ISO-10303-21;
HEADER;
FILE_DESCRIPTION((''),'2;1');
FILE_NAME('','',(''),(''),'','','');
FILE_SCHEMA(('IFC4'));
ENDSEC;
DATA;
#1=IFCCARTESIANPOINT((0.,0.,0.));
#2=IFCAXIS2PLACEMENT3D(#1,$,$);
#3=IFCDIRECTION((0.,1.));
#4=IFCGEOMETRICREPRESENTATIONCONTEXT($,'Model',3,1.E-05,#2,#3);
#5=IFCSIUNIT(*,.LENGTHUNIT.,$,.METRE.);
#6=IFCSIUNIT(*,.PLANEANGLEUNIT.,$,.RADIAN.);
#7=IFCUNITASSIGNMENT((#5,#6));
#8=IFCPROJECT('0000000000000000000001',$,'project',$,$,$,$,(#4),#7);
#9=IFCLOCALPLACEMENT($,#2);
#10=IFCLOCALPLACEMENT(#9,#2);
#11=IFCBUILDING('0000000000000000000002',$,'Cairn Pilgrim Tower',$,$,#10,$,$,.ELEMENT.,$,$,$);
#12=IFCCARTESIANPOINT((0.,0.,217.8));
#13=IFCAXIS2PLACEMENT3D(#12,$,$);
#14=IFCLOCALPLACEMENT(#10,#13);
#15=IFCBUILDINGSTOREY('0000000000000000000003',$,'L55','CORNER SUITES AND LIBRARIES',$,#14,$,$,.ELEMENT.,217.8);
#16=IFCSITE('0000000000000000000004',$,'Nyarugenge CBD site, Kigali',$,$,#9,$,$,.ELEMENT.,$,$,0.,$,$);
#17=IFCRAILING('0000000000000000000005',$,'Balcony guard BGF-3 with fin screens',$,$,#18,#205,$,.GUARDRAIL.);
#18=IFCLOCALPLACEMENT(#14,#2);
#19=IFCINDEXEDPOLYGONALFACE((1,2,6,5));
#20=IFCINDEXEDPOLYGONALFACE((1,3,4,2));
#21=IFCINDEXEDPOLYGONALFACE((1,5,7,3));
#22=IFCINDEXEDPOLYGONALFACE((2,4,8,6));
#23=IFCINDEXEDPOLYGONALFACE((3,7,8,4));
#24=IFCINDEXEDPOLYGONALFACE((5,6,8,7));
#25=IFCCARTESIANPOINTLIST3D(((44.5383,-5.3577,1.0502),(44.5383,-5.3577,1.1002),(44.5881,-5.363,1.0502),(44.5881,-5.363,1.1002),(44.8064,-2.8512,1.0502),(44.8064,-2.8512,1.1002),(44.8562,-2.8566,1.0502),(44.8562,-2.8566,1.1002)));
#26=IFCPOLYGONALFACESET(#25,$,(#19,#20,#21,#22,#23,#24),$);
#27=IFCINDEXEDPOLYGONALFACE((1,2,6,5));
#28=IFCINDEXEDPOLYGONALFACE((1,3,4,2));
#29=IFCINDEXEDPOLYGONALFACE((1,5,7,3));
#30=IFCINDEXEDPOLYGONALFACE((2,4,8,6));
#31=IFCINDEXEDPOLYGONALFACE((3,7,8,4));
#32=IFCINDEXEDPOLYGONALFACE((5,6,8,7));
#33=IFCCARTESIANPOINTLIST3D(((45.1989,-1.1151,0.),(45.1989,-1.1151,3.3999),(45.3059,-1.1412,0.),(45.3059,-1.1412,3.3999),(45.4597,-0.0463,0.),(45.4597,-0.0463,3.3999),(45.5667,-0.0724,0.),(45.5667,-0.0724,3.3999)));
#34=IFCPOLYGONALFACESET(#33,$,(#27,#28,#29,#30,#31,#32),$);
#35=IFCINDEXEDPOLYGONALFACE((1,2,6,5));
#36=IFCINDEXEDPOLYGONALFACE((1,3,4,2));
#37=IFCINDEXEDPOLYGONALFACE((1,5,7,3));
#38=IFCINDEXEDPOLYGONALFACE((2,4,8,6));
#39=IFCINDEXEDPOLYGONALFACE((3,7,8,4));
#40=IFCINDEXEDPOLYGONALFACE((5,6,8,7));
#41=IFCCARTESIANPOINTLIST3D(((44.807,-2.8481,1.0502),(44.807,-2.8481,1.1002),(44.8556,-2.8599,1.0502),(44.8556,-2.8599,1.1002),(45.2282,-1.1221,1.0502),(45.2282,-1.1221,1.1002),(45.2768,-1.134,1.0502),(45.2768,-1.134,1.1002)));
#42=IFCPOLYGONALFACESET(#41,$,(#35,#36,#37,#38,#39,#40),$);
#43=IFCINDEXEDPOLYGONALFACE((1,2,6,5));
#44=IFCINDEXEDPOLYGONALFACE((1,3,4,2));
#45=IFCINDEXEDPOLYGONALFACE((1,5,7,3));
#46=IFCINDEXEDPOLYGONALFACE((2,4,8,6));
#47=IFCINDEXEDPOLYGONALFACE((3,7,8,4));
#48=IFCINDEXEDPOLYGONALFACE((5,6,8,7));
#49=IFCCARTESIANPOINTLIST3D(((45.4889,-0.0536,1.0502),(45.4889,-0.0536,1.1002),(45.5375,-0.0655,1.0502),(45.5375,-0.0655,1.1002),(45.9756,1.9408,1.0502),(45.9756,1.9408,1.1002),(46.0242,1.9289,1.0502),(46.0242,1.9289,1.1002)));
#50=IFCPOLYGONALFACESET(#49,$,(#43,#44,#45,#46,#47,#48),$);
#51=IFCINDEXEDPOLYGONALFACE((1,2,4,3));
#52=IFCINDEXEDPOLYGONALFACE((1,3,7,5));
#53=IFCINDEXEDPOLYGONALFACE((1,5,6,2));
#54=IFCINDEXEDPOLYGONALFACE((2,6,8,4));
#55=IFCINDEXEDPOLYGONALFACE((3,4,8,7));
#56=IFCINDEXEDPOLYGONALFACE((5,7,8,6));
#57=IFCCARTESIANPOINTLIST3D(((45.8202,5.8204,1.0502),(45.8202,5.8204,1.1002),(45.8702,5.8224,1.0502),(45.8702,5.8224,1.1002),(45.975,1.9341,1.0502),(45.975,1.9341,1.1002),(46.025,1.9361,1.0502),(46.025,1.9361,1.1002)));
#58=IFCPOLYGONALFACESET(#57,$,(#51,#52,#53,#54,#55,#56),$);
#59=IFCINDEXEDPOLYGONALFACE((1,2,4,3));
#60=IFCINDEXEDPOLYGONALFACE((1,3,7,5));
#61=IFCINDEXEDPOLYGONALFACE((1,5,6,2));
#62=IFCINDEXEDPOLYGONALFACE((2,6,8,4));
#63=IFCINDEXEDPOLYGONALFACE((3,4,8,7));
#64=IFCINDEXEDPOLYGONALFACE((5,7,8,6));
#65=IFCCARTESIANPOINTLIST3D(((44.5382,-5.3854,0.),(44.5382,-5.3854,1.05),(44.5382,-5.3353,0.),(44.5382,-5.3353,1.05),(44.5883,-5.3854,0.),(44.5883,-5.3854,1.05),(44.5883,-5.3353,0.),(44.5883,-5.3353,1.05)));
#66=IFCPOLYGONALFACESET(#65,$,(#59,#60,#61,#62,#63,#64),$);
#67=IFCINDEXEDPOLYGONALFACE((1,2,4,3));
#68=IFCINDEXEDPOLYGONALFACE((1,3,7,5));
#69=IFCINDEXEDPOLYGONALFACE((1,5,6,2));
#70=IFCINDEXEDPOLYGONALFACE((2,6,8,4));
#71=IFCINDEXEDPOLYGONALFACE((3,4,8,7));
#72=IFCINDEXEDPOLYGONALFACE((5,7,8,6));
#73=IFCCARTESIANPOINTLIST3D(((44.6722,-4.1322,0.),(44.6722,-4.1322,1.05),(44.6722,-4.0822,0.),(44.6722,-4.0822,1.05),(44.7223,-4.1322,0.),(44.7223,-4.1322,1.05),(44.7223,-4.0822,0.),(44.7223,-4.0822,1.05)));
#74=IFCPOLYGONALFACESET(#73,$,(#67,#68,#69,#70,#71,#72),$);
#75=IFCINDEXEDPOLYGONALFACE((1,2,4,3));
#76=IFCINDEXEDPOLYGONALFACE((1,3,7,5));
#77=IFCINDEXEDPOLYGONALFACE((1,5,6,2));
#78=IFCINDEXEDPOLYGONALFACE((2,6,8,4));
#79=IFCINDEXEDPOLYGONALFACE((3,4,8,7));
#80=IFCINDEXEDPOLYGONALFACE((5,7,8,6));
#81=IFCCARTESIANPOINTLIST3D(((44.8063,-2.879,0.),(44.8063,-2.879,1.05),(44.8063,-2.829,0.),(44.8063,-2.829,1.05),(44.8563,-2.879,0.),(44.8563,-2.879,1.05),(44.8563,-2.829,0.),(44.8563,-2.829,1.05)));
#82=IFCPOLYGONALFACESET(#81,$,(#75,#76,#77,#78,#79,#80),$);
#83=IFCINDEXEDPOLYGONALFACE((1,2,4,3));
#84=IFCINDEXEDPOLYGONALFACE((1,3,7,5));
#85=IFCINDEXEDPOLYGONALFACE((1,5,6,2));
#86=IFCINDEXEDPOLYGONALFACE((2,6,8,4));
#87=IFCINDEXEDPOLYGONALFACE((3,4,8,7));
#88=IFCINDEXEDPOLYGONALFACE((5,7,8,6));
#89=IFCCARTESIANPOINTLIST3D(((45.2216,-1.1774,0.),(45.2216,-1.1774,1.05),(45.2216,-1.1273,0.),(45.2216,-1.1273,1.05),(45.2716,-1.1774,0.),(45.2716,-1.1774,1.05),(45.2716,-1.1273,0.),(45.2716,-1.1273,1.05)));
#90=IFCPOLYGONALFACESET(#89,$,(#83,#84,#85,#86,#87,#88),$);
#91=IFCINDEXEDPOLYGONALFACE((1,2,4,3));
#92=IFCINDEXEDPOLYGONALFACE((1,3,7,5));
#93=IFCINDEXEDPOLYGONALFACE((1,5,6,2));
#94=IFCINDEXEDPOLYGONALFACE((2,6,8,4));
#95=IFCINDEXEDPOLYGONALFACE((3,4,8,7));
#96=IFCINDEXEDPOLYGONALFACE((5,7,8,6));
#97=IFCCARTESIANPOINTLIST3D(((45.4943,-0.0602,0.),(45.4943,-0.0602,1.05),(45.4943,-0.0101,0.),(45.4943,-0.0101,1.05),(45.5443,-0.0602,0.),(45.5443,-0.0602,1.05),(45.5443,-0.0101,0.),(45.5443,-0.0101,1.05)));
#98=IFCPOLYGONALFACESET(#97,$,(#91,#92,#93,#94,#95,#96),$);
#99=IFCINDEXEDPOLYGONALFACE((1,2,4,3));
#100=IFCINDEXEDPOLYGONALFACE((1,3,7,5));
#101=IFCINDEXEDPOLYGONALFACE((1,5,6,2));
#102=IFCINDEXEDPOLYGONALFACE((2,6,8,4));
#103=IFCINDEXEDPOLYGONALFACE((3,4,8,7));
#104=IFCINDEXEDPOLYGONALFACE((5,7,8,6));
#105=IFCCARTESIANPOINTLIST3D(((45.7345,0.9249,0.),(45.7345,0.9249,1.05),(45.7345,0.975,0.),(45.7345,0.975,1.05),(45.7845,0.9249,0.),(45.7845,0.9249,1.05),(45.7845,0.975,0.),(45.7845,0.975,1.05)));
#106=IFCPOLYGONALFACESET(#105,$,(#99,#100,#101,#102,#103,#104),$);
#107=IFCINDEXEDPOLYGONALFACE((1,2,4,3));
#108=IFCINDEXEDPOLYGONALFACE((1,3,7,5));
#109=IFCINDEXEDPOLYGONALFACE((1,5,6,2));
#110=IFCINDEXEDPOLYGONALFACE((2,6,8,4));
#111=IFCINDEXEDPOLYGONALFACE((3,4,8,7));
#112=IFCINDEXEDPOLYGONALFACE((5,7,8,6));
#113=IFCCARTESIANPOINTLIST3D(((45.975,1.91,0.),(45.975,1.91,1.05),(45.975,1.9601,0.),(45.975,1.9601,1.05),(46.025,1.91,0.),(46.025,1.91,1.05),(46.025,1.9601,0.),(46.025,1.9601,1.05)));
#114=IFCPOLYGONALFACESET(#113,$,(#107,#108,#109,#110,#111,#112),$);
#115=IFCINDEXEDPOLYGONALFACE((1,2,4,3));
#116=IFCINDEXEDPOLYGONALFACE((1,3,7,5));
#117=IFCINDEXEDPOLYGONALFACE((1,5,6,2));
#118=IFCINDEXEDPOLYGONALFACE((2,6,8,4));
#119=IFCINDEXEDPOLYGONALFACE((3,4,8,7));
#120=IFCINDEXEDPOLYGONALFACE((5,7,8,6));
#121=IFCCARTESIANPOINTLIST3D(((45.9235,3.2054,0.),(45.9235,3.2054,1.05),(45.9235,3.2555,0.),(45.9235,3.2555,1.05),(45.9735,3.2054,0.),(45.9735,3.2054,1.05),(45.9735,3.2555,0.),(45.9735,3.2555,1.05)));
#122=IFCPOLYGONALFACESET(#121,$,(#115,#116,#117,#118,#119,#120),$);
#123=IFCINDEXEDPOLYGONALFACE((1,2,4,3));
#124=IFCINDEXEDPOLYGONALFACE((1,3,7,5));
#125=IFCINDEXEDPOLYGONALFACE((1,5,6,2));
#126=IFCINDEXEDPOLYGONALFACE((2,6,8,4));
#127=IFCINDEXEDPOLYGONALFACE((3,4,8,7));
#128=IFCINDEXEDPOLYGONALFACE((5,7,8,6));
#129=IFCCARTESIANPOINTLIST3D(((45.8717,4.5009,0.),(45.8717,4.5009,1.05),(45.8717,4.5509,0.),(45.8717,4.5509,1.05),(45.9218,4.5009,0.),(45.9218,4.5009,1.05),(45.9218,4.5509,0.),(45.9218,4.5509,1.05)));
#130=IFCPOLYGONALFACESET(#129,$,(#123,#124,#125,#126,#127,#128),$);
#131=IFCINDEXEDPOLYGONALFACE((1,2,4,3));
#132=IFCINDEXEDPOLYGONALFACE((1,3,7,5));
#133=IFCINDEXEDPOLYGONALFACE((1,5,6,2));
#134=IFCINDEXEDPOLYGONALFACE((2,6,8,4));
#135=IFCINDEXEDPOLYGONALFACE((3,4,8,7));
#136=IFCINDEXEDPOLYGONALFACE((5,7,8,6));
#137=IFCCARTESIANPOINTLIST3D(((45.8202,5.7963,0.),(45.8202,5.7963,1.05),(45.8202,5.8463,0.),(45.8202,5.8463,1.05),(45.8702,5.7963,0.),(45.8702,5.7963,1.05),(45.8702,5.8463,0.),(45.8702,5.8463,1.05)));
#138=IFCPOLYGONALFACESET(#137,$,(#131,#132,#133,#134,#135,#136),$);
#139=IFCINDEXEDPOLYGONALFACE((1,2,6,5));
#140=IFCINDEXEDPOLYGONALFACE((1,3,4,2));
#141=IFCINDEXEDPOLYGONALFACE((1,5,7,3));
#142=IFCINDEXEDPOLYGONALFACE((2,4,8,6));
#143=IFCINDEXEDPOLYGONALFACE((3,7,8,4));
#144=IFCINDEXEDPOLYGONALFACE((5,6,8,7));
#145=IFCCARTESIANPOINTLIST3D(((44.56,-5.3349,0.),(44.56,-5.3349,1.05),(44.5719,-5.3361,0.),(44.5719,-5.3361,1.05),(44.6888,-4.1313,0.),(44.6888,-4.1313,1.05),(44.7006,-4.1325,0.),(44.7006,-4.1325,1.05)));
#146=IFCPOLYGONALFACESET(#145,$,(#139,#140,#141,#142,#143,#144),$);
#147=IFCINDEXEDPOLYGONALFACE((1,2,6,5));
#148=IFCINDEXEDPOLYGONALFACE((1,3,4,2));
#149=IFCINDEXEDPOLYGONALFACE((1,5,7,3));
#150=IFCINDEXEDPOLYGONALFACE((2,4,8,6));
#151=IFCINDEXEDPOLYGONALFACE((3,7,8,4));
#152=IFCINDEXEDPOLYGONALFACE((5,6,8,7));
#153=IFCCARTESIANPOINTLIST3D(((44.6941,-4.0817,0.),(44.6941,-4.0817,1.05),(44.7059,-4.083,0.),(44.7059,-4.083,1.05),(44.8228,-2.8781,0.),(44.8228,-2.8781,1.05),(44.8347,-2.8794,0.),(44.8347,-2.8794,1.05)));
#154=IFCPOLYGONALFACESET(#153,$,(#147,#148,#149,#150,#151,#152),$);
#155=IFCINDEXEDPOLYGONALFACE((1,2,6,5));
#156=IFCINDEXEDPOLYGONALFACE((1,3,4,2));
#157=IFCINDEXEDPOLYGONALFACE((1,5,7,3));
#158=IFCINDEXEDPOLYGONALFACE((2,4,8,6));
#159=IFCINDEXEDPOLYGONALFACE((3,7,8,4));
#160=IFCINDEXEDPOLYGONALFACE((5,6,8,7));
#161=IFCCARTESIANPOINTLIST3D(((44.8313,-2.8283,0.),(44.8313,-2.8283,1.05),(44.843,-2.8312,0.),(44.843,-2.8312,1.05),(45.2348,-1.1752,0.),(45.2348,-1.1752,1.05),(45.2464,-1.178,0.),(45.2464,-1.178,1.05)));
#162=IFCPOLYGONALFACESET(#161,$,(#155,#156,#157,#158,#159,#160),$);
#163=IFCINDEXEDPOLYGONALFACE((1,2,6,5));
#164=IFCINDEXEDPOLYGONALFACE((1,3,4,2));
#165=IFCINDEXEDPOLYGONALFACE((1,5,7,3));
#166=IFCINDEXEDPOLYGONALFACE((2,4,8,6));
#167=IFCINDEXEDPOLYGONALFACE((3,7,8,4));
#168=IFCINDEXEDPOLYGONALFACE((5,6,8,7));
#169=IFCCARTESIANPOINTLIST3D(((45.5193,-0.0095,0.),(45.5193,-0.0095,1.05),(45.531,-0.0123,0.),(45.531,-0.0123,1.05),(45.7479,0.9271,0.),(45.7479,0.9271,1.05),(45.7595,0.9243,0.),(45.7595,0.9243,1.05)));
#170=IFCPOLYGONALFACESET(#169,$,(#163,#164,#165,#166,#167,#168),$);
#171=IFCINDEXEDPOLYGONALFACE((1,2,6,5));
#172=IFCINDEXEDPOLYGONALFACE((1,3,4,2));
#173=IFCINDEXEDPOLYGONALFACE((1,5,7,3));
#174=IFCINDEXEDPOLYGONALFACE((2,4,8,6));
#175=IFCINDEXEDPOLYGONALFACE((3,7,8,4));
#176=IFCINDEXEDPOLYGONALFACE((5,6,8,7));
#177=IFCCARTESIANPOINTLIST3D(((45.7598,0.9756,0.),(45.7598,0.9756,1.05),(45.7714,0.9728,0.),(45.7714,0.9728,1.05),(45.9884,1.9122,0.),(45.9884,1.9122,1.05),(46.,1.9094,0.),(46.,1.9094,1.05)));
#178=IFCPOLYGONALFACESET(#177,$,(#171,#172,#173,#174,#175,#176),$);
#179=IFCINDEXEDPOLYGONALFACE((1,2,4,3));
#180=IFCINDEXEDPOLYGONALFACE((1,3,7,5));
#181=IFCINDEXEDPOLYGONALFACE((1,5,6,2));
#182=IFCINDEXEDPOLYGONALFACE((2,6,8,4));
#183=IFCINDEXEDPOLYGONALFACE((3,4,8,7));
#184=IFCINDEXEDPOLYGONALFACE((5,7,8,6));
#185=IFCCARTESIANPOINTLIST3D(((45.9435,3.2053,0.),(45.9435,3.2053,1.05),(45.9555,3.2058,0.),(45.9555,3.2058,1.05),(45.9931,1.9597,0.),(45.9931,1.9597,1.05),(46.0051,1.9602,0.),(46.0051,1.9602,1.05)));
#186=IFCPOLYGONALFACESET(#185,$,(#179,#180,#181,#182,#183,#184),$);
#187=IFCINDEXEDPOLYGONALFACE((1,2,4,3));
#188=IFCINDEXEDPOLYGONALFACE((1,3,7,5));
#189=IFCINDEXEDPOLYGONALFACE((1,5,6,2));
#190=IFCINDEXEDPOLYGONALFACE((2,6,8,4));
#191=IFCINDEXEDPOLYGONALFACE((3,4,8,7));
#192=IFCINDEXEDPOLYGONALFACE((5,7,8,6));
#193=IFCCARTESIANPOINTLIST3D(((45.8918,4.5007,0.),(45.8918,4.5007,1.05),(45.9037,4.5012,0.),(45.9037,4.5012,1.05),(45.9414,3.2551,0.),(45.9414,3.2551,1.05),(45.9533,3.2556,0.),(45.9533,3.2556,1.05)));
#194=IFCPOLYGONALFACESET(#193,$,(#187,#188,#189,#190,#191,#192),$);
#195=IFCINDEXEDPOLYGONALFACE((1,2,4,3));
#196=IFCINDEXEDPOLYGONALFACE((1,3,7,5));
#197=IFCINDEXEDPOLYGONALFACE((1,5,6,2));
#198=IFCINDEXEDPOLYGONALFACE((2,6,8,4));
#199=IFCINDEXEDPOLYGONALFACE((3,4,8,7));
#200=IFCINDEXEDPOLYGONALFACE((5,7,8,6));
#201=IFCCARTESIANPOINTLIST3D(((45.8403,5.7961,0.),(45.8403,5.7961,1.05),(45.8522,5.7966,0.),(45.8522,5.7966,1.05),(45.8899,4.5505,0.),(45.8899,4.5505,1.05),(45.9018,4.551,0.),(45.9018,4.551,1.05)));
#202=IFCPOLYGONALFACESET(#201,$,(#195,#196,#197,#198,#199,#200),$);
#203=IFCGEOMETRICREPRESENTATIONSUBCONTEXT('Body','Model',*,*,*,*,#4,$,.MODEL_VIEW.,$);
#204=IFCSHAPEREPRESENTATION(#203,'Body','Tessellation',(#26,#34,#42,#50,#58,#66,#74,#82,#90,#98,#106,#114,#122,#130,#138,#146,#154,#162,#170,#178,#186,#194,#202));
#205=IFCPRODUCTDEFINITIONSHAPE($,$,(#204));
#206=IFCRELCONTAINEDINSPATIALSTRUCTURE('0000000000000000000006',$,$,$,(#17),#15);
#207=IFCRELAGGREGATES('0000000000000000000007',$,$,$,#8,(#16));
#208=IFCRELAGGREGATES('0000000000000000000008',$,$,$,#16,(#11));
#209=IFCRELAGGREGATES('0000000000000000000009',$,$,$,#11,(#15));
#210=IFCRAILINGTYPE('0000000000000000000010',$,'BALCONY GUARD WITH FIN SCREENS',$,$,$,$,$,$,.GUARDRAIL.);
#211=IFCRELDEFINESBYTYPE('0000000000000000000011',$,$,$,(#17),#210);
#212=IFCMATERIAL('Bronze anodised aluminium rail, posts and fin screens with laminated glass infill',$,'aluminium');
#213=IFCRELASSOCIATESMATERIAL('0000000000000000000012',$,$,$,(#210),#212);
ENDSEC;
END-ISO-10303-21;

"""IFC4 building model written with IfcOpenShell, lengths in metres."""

from ifc_helpers import new_model, si_unit, direction, frame, origin, origin_2d, place, context, subcontext, project, spatial, polyline, rectangle, outline, extrude, material, type_object, element, save


model = new_model("IFC4")

# Units and contexts
model_context = context("Model", 3, precision=1e-05, world=origin(), true_north=direction((0.0, 1.0)))
body_context = subcontext(model_context, "Body", "Model", "MODEL_VIEW")
ifc_project = project(units=[si_unit("LENGTHUNIT", "METRE"), si_unit("PLANEANGLEUNIT", "RADIAN")], contexts=[model_context])

# Site, building, storey
site_placement = place(None, origin())
site = spatial("IfcSite", under=ifc_project, at=site_placement, Name="Nyarugenge CBD site, Kigali", CompositionType="ELEMENT", RefElevation=0.0)
building_placement = place(site_placement, origin())
building = spatial("IfcBuilding", under=site, at=building_placement, Name="Cairn Pilgrim Tower", CompositionType="ELEMENT")
storey_placement = place(building_placement, frame((0.0, 0.0, 217.8)))
storey = spatial("IfcBuildingStorey", under=building, at=storey_placement, Name="L55", Description="CORNER SUITES AND LIBRARIES", CompositionType="ELEMENT", Elevation=217.8)

# Railing
ifc_material_1 = material(Name="Bronze anodised aluminium rail, posts and fin screens with laminated glass infill", Category="aluminium")
railing_type = type_object("IfcRailingType", Name="BALCONY GUARD WITH FIN SCREENS", PredefinedType="GUARDRAIL", material=ifc_material_1)
railing_placement = place(storey_placement, frame((44.5632, -5.3604, 0.0)))
element("IfcRailing", 1, at=railing_placement, inside=storey, type_object=railing_type, Name="Balcony guard BGF-3 with fin screens", PredefinedType="GUARDRAIL", context=body_context, shape_type="SweptSolid", body=[
    extrude(rectangle(XDim=0.05, YDim=0.05, at=origin_2d()), frame((0.0, 0.0, 1.0752), z_axis=(0.106348, 0.994329, 0.0), x_axis=(-0.994329, 0.106348, 0.0)), (0.0, 0.0, 1.0), 2.5208),
    extrude(rectangle(XDim=1.1001, YDim=0.1101, at=origin_2d()), frame((0.8196, 4.7666, 0.0), z_axis=(0.0, 0.0, 1.0), x_axis=(0.237078, 0.971491, 0.0)), (0.0, 0.0, 1.0), 3.3999),
    extrude(rectangle(XDim=0.05, YDim=0.05, at=origin_2d()), frame((0.2681, 2.5063, 1.0752), z_axis=(0.237078, 0.971491, 0.0), x_axis=(-0.971491, 0.237078, 0.0)), (0.0, 0.0, 1.0), 1.7766),
    extrude(rectangle(XDim=0.05, YDim=0.05, at=origin_2d()), frame((0.95, 5.3008, 1.0752), z_axis=(0.237078, 0.971491, 0.0), x_axis=(-0.971491, 0.237078, 0.0)), (0.0, 0.0, 1.0), 2.053),
    extrude(rectangle(XDim=0.05, YDim=0.05, at=origin_2d()), frame((1.4368, 7.2954, 1.0752), z_axis=(-0.039798, 0.999208, 0.0), x_axis=(-0.999208, -0.039798, 0.0)), (0.0, 0.0, 1.0), 3.8894),
    extrude(rectangle(XDim=0.05, YDim=0.05, at=origin_2d()), origin(), (0.0, 0.0, 1.0), 1.05),
    extrude(rectangle(XDim=0.05, YDim=0.05, at=origin_2d()), frame((0.134, 1.2532, 0.0)), (0.0, 0.0, 1.0), 1.05),
    extrude(rectangle(XDim=0.05, YDim=0.05, at=origin_2d()), frame((0.2681, 2.5063, 0.0)), (0.0, 0.0, 1.0), 1.05),
    extrude(rectangle(XDim=0.05, YDim=0.05, at=origin_2d()), frame((0.6833, 4.208, 0.0)), (0.0, 0.0, 1.0), 1.05),
    extrude(rectangle(XDim=0.05, YDim=0.05, at=origin_2d()), frame((0.9561, 5.3252, 0.0)), (0.0, 0.0, 1.0), 1.05),
    extrude(rectangle(XDim=0.05, YDim=0.05, at=origin_2d()), frame((1.1963, 6.3103, 0.0)), (0.0, 0.0, 1.0), 1.05),
    extrude(rectangle(XDim=0.05, YDim=0.05, at=origin_2d()), frame((1.4368, 7.2954, 0.0)), (0.0, 0.0, 1.0), 1.05),
    extrude(rectangle(XDim=0.05, YDim=0.05, at=origin_2d()), frame((1.3853, 8.5908, 0.0)), (0.0, 0.0, 1.0), 1.05),
    extrude(rectangle(XDim=0.05, YDim=0.05, at=origin_2d()), frame((1.3335, 9.8862, 0.0)), (0.0, 0.0, 1.0), 1.05),
    extrude(rectangle(XDim=0.05, YDim=0.05, at=origin_2d()), frame((1.282, 11.1816, 0.0)), (0.0, 0.0, 1.0), 1.05),
    extrude(outline(polyline([(0.0249, 0.0), (1.2354, 0.0), (1.2354, 1.05), (0.0249, 1.05), (0.0249, 0.0)])), frame((-0.0059, 0.0007, 0.0), z_axis=(0.994329, -0.106348, 0.0), x_axis=(0.106348, 0.994329, 0.0)), (0.0, 0.0, 1.0), 0.012),
    extrude(outline(polyline([(0.0249, 0.0), (1.2354, 0.0), (1.2354, 1.05), (0.0249, 1.05), (0.0249, 0.0)])), frame((0.1282, 1.2539, 0.0), z_axis=(0.994329, -0.106348, 0.0), x_axis=(0.106348, 0.994329, 0.0)), (0.0, 0.0, 1.0), 0.012),
    extrude(outline(polyline([(0.0249, 0.0), (1.7266, 0.0), (1.7266, 1.05), (0.0249, 1.05), (0.0249, 0.0)])), frame((0.2622, 2.5078, 0.0), z_axis=(0.971491, -0.237078, 0.0), x_axis=(0.237078, 0.971491, 0.0)), (0.0, 0.0, 1.0), 0.012),
    extrude(outline(polyline([(0.0249, 0.0), (0.989, 0.0), (0.989, 1.05), (0.0249, 1.05), (0.0249, 0.0)])), frame((0.9502, 5.3267, 0.0), z_axis=(0.971491, -0.237078, 0.0), x_axis=(0.237078, 0.971491, 0.0)), (0.0, 0.0, 1.0), 0.012),
    extrude(outline(polyline([(0.0249, 0.0), (0.989, 0.0), (0.989, 1.05), (0.0249, 1.05), (0.0249, 0.0)])), frame((1.1907, 6.3118, 0.0), z_axis=(0.971491, -0.237078, 0.0), x_axis=(0.237078, 0.971491, 0.0)), (0.0, 0.0, 1.0), 0.012),
    extrude(outline(polyline([(0.0249, 0.0), (1.2715, 0.0), (1.2715, 1.05), (0.0249, 1.05), (0.0249, 0.0)])), frame((1.4309, 7.2952, 0.0), z_axis=(0.999208, 0.039798, 0.0), x_axis=(-0.039798, 0.999208, 0.0)), (0.0, 0.0, 1.0), 0.012),
    extrude(outline(polyline([(0.0249, 0.0), (1.2715, 0.0), (1.2715, 1.05), (0.0249, 1.05), (0.0249, 0.0)])), frame((1.3792, 8.5906, 0.0), z_axis=(0.999208, 0.039798, 0.0), x_axis=(-0.039798, 0.999208, 0.0)), (0.0, 0.0, 1.0), 0.012),
    extrude(outline(polyline([(0.0249, 0.0), (1.2715, 0.0), (1.2715, 1.05), (0.0249, 1.05), (0.0249, 0.0)])), frame((1.3276, 9.886, 0.0), z_axis=(0.999208, 0.039798, 0.0), x_axis=(-0.039798, 0.999208, 0.0)), (0.0, 0.0, 1.0), 0.012),
])

save(model, "model.ifc")
